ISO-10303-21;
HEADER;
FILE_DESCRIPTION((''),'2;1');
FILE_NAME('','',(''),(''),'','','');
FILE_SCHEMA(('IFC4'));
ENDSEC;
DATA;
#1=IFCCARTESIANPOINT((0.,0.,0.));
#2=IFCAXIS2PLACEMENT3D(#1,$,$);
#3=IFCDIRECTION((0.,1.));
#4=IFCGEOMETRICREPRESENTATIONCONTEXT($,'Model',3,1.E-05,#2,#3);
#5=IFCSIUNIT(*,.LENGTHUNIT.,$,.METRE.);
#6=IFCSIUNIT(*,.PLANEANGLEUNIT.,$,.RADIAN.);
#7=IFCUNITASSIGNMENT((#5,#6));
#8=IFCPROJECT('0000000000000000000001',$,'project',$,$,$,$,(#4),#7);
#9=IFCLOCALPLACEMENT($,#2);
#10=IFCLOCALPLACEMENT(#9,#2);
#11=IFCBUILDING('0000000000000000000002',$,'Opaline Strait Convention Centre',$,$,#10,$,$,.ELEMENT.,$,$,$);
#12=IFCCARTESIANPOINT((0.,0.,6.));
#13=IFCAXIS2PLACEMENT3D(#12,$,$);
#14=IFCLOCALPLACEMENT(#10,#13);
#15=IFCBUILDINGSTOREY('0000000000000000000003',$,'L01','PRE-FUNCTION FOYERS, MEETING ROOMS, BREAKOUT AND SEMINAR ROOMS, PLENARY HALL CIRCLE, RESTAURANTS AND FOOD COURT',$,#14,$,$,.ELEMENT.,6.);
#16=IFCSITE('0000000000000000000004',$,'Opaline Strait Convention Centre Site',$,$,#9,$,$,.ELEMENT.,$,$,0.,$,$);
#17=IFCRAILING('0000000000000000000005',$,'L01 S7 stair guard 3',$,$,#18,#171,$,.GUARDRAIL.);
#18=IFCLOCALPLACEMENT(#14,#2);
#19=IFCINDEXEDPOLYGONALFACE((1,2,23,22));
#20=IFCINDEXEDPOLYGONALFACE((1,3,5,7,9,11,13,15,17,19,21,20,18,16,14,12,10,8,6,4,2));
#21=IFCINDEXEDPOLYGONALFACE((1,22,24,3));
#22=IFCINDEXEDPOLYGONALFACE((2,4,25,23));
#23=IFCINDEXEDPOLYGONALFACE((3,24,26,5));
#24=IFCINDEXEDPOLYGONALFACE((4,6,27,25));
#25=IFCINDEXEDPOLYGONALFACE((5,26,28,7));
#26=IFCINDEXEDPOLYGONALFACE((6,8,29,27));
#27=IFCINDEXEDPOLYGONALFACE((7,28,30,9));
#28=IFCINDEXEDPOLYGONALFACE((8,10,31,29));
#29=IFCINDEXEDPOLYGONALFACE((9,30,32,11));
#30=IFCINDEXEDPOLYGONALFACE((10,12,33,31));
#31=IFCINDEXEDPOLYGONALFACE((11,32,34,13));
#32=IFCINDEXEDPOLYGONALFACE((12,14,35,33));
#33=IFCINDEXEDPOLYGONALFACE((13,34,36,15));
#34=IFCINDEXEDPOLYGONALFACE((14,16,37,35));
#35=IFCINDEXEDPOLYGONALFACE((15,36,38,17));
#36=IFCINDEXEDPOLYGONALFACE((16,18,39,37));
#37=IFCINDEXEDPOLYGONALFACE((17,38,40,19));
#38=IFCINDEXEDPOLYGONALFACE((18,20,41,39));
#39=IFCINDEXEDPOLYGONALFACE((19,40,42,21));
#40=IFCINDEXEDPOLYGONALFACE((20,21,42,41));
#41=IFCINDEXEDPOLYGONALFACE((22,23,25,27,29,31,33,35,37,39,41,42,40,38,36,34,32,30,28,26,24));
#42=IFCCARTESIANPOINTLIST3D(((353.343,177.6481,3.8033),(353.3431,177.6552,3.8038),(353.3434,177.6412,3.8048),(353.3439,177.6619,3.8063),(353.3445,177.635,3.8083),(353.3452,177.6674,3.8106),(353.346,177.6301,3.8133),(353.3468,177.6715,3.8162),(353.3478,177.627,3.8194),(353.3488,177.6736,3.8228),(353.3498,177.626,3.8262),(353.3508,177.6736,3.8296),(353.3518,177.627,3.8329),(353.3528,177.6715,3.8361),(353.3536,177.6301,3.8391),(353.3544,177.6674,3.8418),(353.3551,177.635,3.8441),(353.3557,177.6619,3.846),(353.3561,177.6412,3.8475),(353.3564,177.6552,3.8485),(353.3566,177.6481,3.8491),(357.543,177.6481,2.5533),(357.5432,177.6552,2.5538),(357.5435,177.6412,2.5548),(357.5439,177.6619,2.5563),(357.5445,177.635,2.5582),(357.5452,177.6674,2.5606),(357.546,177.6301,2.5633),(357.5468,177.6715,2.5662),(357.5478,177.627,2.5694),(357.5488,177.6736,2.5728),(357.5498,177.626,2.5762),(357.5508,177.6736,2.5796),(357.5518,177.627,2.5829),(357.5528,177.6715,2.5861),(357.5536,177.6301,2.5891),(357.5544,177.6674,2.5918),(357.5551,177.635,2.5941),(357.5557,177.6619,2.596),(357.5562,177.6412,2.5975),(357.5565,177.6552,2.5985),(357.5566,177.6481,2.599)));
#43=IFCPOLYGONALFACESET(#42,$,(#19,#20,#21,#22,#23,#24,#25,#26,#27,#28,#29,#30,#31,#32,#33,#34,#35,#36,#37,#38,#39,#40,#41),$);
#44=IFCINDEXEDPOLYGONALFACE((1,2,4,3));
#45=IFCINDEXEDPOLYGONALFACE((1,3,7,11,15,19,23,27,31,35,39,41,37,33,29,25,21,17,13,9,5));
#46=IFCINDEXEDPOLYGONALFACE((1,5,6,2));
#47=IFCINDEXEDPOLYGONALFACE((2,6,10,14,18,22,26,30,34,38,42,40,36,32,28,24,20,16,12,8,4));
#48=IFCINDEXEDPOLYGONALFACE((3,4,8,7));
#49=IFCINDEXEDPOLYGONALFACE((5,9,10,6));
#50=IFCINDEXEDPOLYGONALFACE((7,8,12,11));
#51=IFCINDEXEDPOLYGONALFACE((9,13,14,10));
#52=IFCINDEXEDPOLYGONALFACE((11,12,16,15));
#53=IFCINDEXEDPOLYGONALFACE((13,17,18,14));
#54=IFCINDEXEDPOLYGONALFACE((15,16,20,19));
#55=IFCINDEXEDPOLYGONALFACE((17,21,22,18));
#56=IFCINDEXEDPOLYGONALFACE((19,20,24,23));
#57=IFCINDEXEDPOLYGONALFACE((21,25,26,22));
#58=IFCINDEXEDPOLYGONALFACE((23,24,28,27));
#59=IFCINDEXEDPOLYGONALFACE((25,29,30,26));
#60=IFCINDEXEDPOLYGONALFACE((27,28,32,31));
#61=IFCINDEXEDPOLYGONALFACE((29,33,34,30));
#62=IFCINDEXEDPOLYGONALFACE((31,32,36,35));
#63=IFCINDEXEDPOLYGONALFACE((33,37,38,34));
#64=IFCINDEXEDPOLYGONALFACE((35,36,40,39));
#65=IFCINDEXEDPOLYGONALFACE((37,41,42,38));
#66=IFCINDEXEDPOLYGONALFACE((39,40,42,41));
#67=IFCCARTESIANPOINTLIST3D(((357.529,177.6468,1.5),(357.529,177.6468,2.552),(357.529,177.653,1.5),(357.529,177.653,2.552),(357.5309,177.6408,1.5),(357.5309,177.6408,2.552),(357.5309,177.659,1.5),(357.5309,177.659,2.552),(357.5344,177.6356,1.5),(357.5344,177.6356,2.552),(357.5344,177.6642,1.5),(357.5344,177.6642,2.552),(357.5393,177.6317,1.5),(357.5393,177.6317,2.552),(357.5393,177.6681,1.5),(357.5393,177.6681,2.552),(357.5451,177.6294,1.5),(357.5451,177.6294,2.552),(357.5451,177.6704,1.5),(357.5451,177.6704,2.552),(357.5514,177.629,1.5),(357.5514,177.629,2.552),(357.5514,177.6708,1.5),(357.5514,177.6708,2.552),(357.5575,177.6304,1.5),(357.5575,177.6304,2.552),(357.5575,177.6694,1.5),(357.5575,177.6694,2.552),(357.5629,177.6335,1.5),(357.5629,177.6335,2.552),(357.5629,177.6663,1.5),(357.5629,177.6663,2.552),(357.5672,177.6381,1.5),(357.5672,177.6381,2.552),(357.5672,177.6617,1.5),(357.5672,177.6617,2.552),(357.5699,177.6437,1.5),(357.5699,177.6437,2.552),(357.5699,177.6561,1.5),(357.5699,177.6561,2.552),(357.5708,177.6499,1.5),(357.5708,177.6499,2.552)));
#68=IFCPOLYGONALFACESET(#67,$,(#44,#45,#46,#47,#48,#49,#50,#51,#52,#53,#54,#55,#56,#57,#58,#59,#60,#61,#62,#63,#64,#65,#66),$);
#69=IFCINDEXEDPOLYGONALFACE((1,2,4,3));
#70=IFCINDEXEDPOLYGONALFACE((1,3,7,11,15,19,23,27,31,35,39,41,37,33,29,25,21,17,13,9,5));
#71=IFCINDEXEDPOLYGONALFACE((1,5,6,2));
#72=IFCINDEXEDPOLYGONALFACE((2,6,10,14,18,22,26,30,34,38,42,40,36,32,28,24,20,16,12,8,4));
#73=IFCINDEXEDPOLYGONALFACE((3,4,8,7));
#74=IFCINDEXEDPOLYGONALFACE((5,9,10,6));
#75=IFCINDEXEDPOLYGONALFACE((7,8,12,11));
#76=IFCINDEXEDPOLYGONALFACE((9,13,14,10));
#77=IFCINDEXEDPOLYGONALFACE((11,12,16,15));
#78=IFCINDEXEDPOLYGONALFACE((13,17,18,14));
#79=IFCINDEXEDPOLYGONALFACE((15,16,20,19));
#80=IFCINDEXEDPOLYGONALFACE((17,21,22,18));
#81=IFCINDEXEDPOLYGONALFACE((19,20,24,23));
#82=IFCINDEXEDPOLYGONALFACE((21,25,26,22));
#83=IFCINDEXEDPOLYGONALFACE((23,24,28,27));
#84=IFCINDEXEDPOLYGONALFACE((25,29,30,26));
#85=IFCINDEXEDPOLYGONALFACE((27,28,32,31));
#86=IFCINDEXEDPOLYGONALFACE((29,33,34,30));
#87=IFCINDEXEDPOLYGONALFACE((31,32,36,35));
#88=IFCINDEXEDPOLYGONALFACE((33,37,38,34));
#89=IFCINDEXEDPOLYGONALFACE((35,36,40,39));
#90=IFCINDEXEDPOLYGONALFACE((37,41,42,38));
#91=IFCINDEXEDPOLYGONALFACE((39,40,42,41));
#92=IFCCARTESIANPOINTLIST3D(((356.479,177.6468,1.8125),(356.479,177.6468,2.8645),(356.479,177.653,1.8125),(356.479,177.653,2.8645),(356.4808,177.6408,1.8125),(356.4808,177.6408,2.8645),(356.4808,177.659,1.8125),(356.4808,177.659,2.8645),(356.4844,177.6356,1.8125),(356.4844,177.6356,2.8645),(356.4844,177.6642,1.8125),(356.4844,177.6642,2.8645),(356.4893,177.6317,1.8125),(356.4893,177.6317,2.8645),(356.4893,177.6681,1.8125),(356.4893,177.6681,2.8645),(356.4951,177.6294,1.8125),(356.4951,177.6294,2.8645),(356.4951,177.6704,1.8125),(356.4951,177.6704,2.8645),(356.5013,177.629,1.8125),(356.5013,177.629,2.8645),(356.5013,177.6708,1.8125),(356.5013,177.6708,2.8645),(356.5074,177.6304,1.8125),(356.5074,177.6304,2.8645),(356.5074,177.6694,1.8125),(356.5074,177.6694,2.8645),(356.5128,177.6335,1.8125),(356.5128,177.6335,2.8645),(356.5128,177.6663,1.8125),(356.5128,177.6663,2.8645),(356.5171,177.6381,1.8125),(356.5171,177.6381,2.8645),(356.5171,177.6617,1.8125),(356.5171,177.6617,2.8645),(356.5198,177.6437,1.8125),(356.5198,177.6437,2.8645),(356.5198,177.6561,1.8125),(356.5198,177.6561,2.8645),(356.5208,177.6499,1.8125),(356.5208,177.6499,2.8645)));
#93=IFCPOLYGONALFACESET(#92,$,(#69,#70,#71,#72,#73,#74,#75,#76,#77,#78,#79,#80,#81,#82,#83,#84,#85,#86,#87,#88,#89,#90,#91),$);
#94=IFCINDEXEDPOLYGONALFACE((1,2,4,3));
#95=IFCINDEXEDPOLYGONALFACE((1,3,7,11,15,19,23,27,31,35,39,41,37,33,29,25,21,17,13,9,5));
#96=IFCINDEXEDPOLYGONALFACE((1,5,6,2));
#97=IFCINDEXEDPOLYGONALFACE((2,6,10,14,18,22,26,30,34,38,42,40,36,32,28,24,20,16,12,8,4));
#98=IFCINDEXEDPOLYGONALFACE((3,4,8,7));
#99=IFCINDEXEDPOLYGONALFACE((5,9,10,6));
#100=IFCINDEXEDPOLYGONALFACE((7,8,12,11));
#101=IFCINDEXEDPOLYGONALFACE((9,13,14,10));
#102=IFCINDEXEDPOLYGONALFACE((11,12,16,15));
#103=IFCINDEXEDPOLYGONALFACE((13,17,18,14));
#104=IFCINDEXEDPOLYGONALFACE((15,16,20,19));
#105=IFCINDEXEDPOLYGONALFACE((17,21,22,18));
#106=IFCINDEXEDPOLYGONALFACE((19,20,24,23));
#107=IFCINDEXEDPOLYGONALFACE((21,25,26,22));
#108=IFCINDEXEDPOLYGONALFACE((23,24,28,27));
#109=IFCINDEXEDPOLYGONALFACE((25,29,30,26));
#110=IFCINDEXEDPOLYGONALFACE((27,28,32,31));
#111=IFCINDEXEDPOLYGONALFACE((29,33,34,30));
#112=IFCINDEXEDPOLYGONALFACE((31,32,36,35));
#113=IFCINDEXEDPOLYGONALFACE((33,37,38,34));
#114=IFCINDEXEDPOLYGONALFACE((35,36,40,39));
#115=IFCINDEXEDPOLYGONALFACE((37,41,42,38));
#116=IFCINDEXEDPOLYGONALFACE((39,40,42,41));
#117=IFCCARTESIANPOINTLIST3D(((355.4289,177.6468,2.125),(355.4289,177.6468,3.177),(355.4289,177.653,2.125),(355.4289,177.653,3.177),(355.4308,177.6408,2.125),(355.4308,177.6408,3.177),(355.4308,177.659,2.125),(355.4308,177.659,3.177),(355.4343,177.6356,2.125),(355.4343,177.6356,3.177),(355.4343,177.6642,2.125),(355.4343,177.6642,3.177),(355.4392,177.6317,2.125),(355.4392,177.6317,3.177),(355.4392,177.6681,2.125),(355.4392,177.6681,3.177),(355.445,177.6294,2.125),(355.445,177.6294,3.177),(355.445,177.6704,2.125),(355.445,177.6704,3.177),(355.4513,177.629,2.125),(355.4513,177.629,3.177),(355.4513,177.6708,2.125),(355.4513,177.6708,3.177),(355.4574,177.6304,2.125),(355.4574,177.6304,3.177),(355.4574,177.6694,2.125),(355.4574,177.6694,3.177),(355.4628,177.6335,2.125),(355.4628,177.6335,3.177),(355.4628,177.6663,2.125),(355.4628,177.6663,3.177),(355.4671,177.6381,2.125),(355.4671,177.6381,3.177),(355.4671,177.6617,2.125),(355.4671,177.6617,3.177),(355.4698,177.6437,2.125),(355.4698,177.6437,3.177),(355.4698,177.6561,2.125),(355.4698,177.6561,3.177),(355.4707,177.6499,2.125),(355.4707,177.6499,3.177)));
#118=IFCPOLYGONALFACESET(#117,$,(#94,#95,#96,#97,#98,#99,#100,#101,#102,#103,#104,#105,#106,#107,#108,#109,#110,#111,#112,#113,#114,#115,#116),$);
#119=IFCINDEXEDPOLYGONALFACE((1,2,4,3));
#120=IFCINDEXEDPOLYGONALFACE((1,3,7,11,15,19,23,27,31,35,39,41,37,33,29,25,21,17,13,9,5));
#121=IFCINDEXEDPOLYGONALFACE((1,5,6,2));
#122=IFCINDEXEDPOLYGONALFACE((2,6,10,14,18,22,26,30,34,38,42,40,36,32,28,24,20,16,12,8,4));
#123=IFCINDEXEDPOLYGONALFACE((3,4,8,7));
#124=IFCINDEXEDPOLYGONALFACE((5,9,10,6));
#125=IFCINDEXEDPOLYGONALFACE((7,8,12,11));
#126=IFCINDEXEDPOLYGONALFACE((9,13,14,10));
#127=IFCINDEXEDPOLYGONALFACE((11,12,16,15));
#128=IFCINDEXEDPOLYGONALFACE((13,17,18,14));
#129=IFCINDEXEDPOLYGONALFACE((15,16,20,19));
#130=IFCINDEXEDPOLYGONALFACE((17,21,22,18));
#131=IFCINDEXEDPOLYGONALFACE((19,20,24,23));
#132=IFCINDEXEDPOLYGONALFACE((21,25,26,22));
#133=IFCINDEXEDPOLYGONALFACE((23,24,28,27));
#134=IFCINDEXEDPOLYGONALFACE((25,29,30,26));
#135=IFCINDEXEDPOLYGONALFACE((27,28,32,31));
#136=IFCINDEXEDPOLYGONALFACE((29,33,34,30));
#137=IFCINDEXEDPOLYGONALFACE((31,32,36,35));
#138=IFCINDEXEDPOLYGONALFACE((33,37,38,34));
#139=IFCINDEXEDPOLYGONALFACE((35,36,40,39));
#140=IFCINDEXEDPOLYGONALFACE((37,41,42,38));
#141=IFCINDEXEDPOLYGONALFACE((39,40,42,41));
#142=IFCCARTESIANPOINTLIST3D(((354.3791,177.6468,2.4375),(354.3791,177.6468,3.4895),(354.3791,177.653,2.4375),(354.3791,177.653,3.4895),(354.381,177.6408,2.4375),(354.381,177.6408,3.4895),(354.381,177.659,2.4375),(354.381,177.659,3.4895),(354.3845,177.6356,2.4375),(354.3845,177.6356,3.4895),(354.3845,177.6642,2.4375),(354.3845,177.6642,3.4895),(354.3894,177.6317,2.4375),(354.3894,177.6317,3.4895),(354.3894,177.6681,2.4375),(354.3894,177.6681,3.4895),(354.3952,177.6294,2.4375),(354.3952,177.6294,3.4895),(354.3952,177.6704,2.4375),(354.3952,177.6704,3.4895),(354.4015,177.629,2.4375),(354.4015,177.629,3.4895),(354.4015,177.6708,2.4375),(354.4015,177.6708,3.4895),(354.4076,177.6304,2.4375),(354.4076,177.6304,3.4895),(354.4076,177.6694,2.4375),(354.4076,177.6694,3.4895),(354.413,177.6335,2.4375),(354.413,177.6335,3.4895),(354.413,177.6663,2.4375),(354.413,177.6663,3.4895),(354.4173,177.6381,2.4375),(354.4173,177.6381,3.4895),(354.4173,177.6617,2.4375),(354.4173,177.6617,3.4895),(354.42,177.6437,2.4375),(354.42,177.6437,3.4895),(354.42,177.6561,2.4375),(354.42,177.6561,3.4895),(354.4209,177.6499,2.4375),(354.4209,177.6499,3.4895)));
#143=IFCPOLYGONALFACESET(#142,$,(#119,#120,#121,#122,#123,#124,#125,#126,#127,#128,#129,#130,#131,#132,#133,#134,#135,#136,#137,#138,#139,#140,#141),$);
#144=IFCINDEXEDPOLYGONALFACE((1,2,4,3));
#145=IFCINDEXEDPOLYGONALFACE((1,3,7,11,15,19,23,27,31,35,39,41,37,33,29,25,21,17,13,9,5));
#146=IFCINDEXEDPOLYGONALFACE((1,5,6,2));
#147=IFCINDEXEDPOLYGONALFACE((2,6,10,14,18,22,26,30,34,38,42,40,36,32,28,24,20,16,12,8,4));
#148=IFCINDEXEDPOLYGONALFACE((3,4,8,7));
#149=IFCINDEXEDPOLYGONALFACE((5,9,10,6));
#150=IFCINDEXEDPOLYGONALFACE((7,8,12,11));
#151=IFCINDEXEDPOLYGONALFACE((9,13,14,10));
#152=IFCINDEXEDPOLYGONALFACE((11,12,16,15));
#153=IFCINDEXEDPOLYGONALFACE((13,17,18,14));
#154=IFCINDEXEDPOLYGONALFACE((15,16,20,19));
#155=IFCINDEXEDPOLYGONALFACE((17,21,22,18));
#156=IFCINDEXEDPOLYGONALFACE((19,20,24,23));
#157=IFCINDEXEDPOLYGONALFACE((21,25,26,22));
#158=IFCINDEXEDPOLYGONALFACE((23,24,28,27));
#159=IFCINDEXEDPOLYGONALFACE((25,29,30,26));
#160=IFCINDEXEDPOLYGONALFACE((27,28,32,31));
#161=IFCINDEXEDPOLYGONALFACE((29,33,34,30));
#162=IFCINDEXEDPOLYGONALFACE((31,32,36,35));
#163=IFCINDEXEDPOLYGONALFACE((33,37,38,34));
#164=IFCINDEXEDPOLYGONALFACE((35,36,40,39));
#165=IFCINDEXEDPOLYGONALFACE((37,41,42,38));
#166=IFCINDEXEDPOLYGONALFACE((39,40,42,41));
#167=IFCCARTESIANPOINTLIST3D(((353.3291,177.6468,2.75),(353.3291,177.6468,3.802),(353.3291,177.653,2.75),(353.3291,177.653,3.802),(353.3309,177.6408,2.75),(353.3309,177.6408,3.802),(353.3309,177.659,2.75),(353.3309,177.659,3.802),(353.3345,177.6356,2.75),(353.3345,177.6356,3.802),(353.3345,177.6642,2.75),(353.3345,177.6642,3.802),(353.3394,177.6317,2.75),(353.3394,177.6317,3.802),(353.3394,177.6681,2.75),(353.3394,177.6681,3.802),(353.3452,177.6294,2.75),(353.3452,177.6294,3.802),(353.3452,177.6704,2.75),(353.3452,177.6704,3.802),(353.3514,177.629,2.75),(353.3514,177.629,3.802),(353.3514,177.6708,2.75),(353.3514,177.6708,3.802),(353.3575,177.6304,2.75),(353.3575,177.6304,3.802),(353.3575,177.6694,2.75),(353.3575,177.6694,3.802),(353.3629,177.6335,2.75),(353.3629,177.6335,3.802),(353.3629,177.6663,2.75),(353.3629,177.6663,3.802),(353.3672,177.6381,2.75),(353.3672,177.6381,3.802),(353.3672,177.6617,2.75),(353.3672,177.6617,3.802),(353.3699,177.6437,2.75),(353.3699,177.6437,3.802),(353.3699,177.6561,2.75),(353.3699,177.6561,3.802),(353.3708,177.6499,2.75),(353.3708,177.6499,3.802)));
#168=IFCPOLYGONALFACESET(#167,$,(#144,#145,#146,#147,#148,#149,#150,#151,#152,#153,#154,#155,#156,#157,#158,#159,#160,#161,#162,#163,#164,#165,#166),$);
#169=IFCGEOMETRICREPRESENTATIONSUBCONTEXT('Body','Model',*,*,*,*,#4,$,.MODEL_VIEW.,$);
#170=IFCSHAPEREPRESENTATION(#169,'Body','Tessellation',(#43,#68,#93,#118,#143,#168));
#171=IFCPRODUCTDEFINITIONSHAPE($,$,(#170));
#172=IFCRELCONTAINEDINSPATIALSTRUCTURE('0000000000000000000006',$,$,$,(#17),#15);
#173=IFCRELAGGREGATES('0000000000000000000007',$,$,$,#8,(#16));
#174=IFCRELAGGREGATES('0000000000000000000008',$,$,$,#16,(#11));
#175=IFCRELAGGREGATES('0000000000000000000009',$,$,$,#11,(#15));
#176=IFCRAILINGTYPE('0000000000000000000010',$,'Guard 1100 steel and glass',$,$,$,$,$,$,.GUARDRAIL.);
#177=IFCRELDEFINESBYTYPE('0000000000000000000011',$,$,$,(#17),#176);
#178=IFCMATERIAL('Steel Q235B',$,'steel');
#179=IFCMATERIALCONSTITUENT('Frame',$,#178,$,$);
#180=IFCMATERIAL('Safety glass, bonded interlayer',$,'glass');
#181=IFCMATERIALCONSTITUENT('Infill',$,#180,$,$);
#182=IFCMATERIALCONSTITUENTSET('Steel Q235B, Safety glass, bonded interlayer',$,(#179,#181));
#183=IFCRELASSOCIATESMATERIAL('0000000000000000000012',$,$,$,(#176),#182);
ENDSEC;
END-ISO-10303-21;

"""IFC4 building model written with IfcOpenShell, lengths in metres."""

from ifc_helpers import new_model, si_unit, direction, frame, origin, origin_2d, place, context, subcontext, project, spatial, circle, extrude, material, constituent, constituent_set, type_object, element, save


model = new_model("IFC4")

# Units and contexts
model_context = context("Model", 3, precision=1e-05, world=origin(), true_north=direction((0.0, 1.0)))
body_context = subcontext(model_context, "Body", "Model", "MODEL_VIEW")
ifc_project = project(units=[si_unit("LENGTHUNIT", "METRE"), si_unit("PLANEANGLEUNIT", "RADIAN")], contexts=[model_context])

# Site, building, storey
site_placement = place(None, origin())
site = spatial("IfcSite", under=ifc_project, at=site_placement, Name="Opaline Strait Convention Centre Site", CompositionType="ELEMENT", RefElevation=0.0)
building_placement = place(site_placement, origin())
building = spatial("IfcBuilding", under=site, at=building_placement, Name="Opaline Strait Convention Centre", CompositionType="ELEMENT")
storey_placement = place(building_placement, frame((0.0, 0.0, 6.0)))
storey = spatial("IfcBuildingStorey", under=building, at=storey_placement, Name="L01", Description="PRE-FUNCTION FOYERS, MEETING ROOMS, BREAKOUT AND SEMINAR ROOMS, PLENARY HALL CIRCLE, RESTAURANTS AND FOOD COURT", CompositionType="ELEMENT", Elevation=6.0)

# Railing
ifc_material_1 = material(Name="Steel Q235B", Category="steel")
ifc_constituent_1 = constituent(ifc_material_1, Name="Frame")
ifc_material_2 = material(Name="Safety glass, bonded interlayer", Category="glass")
ifc_constituent_2 = constituent(ifc_material_2, Name="Infill")
ifc_constituent_set = constituent_set(constituents=[ifc_constituent_1, ifc_constituent_2], Name="Steel Q235B, Safety glass, bonded interlayer")
railing_type_1 = type_object("IfcRailingType", Name="Guard 1100 steel and glass", PredefinedType="GUARDRAIL", material=ifc_constituent_set)
railing_1_placement = place(storey_placement, frame((357.5498, 177.6499, 1.5)))
element("IfcRailing", 1, at=railing_1_placement, inside=storey, type_object=railing_type_1, Name="L01 S7 stair guard 3", PredefinedType="GUARDRAIL", context=body_context, shape_type="SweptSolid", body=[
    extrude(circle(Radius=0.0239, at=origin_2d()), frame((0.0, 0.0, 1.0762), z_axis=(-0.958451, 0.0, 0.285257), x_axis=(0.0, -1.0, 0.0)), (0.0, 0.0, 1.0), 4.3821),
    extrude(circle(Radius=0.021, at=origin_2d()), origin(), (0.0, 0.0, 1.0), 1.052),
    extrude(circle(Radius=0.021, at=origin_2d()), frame((-1.05, 0.0, 0.3125)), (0.0, 0.0, 1.0), 1.052),
    extrude(circle(Radius=0.021, at=origin_2d()), frame((-2.1001, 0.0, 0.625)), (0.0, 0.0, 1.0), 1.052),
    extrude(circle(Radius=0.021, at=origin_2d()), frame((-3.1499, 0.0, 0.9375)), (0.0, 0.0, 1.0), 1.052),
    extrude(circle(Radius=0.021, at=origin_2d()), frame((-4.2, 0.0, 1.25)), (0.0, 0.0, 1.0), 1.052),
])

save(model, "model.ifc")
